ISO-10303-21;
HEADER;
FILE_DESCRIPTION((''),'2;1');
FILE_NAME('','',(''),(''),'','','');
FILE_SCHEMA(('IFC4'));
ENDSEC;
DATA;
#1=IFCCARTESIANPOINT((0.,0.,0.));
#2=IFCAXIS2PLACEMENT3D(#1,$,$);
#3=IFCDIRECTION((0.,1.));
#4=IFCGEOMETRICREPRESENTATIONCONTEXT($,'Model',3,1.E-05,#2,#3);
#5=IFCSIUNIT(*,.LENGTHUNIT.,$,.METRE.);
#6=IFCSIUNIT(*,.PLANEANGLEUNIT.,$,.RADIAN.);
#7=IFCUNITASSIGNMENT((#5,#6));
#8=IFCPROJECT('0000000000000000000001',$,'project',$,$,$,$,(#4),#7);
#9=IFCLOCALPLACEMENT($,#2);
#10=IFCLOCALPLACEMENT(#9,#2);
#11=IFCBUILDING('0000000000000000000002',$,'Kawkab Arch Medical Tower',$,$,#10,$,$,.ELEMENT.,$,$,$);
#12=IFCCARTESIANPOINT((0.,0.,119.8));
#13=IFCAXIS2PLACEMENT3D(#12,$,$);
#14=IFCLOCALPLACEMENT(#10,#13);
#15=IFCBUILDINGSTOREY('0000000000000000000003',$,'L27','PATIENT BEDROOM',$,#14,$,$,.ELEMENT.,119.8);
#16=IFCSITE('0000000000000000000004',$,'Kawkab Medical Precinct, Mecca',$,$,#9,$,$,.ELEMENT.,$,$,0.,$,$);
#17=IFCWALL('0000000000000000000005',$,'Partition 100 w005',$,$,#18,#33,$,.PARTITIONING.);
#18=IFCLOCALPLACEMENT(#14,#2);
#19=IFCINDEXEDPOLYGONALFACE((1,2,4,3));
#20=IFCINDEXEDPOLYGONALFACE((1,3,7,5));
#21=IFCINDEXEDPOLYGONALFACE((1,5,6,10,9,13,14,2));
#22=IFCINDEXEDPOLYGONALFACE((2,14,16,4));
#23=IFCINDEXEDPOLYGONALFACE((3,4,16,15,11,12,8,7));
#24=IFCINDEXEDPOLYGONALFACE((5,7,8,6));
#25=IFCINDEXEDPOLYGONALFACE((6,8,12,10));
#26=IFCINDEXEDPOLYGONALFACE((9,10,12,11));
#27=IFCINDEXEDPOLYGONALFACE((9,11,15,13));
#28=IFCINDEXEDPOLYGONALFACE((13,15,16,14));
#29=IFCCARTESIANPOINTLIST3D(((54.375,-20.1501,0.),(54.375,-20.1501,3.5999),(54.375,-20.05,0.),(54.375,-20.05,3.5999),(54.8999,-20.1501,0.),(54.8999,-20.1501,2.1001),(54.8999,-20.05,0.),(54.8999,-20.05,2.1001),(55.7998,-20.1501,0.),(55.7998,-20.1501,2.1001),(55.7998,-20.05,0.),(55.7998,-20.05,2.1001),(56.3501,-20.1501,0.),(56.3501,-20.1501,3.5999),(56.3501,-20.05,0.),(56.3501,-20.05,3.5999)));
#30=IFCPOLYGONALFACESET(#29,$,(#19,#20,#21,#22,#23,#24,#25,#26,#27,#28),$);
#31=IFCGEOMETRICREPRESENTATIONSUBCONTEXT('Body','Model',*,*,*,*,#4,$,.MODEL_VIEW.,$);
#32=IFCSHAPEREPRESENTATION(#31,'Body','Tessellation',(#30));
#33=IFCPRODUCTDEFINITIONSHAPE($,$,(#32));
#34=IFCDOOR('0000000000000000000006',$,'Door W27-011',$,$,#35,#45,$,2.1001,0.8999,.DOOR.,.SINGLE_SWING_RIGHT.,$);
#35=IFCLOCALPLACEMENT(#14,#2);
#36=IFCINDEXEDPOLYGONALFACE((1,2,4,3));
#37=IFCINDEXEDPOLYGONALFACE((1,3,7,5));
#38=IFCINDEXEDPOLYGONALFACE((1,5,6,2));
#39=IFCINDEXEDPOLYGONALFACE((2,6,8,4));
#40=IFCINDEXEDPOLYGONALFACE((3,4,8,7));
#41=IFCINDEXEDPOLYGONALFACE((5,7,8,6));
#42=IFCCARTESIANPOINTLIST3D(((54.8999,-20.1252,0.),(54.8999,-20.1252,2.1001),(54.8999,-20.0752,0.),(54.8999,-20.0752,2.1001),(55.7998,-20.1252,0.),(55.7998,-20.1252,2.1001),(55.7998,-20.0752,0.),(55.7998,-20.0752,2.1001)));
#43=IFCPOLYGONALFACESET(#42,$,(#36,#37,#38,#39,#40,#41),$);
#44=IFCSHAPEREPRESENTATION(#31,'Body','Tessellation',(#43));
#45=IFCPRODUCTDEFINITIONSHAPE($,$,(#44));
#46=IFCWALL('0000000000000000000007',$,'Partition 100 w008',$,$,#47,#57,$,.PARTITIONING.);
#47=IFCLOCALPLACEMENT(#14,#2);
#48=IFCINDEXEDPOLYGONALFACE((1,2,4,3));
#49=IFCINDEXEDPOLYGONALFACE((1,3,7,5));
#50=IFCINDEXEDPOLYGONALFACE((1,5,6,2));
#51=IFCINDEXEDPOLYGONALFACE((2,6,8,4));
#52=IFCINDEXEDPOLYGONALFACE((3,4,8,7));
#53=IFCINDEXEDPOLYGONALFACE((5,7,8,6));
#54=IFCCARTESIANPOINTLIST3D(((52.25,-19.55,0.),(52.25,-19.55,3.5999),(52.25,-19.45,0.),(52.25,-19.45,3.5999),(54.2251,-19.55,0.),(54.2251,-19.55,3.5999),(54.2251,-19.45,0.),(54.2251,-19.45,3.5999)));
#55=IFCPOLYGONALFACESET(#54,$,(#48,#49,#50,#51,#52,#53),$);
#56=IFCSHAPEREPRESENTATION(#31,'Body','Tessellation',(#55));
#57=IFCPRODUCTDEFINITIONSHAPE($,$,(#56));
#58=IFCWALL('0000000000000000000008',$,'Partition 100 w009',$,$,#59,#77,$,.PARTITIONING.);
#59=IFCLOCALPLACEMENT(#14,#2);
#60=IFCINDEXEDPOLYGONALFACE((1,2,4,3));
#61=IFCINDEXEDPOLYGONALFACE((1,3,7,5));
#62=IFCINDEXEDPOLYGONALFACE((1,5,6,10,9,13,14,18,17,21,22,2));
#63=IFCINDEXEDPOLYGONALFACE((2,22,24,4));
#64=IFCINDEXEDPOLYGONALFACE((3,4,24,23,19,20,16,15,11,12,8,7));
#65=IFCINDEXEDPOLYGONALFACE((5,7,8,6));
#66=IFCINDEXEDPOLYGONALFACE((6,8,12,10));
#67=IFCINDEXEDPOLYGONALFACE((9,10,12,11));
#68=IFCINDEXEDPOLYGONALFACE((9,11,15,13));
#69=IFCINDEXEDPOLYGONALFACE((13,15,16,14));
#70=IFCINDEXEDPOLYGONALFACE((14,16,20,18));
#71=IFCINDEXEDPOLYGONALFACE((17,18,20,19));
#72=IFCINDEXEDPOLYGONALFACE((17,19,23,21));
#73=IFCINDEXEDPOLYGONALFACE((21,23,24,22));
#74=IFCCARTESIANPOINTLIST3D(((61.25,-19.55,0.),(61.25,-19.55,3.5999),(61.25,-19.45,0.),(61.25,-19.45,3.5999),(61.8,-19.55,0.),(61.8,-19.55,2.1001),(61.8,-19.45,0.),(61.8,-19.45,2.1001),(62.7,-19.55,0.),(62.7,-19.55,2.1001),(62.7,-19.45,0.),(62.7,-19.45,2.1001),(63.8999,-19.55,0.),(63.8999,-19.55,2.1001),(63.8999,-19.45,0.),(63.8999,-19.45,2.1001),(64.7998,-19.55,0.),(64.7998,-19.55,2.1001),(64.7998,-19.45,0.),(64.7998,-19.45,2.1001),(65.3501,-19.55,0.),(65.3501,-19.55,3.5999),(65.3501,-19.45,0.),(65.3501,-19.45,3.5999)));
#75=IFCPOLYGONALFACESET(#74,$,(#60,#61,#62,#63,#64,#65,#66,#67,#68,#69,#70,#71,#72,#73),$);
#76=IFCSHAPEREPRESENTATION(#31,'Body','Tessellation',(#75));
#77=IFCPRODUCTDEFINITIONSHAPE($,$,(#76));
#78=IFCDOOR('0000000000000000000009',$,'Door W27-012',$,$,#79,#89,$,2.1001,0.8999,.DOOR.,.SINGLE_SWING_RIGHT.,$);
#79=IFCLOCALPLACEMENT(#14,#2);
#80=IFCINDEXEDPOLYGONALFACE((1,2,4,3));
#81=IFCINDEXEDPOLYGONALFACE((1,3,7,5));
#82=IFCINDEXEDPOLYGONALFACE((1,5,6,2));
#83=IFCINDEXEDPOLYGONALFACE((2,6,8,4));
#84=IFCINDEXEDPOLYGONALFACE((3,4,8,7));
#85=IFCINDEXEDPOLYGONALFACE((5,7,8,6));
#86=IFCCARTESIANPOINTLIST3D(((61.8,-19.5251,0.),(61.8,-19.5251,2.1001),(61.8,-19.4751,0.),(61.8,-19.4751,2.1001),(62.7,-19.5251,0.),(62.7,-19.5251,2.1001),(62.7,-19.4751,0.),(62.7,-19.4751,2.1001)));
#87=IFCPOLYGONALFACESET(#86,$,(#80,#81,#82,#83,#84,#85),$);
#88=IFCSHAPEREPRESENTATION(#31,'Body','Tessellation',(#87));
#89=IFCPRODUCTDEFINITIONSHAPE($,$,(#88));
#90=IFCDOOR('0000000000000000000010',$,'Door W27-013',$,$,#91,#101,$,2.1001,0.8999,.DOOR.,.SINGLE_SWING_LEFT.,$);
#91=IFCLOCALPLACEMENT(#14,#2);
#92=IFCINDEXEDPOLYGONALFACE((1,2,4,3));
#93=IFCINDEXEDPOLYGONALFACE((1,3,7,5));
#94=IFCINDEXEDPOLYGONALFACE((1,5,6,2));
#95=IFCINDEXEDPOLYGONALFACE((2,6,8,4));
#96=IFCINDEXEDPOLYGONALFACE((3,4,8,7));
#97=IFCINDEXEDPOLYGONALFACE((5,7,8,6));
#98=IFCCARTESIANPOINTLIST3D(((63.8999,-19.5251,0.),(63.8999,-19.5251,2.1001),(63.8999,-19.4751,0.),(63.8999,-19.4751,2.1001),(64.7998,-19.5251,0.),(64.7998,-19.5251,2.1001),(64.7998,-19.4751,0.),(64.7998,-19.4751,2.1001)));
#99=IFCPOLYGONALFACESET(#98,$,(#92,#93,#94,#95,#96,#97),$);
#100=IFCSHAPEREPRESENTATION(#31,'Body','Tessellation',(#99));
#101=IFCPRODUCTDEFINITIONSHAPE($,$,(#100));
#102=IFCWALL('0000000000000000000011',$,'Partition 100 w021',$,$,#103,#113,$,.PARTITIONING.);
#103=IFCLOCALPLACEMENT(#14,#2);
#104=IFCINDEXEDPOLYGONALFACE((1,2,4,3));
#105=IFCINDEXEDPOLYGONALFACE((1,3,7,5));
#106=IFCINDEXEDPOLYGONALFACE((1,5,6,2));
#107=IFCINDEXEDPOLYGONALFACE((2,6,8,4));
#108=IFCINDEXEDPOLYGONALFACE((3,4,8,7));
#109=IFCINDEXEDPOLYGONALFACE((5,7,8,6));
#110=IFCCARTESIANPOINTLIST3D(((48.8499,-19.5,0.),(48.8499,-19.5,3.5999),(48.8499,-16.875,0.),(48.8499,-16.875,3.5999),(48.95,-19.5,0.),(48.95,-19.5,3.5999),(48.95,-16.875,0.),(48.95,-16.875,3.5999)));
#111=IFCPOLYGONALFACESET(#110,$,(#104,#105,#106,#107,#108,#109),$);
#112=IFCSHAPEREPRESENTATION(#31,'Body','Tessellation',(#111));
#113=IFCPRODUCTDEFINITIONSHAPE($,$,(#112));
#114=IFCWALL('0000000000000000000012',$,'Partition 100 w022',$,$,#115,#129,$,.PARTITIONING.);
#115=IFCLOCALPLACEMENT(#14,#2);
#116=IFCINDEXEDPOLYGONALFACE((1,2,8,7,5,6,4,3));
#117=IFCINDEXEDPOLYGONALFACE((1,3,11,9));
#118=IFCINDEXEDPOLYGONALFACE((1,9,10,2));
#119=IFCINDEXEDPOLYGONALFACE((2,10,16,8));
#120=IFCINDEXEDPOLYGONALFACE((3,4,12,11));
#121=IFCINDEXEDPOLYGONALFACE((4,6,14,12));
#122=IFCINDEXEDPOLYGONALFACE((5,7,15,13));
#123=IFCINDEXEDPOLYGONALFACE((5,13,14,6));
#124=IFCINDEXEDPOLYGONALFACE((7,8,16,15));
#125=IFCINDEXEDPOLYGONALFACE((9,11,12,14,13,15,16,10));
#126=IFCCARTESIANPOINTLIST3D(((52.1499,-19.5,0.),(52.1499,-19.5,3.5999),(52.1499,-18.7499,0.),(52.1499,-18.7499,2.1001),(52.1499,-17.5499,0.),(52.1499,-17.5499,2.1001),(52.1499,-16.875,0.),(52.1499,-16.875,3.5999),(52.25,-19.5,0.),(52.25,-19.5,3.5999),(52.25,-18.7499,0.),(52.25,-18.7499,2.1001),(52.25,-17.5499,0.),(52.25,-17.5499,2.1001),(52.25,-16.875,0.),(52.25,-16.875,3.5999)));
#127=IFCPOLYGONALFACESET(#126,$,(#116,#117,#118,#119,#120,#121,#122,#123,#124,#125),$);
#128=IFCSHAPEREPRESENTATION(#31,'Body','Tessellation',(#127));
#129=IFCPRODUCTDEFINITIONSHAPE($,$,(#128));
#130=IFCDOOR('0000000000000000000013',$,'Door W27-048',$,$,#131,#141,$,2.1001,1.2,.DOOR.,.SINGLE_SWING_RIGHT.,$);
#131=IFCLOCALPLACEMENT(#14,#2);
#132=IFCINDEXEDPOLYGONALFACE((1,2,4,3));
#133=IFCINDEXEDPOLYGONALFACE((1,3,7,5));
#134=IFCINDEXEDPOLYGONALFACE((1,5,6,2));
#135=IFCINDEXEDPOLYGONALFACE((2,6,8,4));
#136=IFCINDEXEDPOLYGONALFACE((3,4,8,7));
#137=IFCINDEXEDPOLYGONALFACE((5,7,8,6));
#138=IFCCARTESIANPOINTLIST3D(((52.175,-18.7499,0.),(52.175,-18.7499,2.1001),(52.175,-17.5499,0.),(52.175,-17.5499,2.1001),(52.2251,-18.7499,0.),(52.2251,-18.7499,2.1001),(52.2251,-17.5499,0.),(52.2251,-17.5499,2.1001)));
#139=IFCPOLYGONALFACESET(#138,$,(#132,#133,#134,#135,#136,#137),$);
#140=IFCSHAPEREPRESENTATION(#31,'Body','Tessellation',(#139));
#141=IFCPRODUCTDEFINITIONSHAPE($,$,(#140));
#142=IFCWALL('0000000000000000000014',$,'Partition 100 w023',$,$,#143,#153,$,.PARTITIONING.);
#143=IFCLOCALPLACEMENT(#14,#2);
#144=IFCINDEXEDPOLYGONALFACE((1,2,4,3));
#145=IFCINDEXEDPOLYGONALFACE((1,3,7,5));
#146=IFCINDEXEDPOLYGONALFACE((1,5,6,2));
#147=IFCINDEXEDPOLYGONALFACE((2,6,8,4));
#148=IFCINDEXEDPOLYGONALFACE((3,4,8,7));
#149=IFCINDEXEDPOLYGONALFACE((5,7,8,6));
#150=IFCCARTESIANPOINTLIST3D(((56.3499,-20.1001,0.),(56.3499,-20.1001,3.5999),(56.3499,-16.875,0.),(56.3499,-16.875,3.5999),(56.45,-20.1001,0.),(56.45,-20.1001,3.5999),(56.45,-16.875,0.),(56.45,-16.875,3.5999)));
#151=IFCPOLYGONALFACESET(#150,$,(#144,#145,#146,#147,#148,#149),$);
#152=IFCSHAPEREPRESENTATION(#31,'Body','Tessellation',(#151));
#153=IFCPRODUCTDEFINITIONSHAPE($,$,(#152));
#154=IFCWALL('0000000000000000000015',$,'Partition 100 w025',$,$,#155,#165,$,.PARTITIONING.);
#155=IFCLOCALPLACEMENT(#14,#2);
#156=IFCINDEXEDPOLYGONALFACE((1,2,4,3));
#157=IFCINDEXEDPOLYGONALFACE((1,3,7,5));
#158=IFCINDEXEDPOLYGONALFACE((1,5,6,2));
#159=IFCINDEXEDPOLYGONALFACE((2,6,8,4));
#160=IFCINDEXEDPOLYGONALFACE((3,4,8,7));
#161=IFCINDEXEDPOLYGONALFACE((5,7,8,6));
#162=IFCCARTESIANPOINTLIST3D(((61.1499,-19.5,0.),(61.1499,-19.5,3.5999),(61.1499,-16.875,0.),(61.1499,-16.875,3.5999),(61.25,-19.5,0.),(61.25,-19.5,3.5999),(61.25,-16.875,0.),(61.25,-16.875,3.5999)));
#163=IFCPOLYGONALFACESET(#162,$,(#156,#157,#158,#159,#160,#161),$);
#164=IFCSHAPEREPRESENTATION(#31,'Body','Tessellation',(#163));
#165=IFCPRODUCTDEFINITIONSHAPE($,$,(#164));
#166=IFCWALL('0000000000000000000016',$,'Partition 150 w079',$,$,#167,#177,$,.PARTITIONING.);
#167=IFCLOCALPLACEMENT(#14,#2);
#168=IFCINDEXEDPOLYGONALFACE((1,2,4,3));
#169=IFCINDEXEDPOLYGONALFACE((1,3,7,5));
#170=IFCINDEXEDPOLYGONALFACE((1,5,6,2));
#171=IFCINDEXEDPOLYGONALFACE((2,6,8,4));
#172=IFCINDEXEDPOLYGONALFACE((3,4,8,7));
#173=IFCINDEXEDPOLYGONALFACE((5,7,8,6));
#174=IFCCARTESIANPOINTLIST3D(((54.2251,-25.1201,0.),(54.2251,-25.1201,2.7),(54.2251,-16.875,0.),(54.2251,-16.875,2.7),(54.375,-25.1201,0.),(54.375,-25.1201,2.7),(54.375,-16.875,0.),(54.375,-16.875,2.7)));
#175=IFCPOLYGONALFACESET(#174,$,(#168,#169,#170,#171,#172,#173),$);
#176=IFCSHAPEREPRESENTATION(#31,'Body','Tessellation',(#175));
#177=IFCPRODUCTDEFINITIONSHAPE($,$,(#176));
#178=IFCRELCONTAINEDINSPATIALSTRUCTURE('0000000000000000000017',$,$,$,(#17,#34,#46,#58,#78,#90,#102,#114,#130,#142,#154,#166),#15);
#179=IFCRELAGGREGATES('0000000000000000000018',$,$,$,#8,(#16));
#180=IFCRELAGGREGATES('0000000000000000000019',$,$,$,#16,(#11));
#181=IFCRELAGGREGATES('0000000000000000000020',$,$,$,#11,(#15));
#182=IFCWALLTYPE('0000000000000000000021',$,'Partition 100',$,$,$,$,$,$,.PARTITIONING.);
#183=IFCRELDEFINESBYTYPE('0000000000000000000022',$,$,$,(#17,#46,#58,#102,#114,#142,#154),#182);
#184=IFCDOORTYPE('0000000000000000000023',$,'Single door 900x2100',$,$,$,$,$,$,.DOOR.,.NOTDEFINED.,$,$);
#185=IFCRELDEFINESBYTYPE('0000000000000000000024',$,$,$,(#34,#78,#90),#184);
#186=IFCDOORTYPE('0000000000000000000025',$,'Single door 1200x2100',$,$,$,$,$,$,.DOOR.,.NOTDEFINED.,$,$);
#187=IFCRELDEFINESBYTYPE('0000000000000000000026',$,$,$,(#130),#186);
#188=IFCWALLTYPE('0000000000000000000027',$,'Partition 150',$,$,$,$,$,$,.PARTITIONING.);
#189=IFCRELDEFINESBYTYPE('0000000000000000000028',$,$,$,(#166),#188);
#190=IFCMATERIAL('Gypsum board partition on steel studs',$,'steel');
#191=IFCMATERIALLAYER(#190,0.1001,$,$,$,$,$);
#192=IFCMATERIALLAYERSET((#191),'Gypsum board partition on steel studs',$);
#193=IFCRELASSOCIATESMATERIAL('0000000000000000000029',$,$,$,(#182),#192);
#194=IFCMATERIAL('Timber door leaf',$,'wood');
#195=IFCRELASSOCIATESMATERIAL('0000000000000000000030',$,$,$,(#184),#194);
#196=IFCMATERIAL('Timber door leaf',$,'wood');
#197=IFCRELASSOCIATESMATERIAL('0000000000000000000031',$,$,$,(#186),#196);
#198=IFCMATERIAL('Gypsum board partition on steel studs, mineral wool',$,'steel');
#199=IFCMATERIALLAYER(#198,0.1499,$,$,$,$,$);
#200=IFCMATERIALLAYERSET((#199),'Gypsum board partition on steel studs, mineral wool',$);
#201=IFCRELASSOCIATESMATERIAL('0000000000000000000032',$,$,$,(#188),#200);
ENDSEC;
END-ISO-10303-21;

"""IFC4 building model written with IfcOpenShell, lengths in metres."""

from ifc_helpers import new_model, si_unit, direction, frame, frame_2d, origin, place, context, subcontext, project, spatial, rectangle, extrude, material, layer, layer_set, type_object, element, fill, save


model = new_model("IFC4")

# Units and contexts
model_context = context("Model", 3, precision=1e-05, world=origin(), true_north=direction((0.0, 1.0)))
body_context = subcontext(model_context, "Body", "Model", "MODEL_VIEW")
ifc_project = project(units=[si_unit("LENGTHUNIT", "METRE"), si_unit("PLANEANGLEUNIT", "RADIAN")], contexts=[model_context])

# Site, building, storey
site_placement = place(None, origin())
site = spatial("IfcSite", under=ifc_project, at=site_placement, Name="Kawkab Medical Precinct, Mecca", CompositionType="ELEMENT", RefElevation=0.0)
building_placement = place(site_placement, origin())
building = spatial("IfcBuilding", under=site, at=building_placement, Name="Kawkab Arch Medical Tower", CompositionType="ELEMENT")
storey_placement = place(building_placement, frame((0.0, 0.0, 119.8)))
storey = spatial("IfcBuildingStorey", under=building, at=storey_placement, Name="L27", Description="PATIENT BEDROOM", CompositionType="ELEMENT", Elevation=119.8)

# Wall, opening, door
ifc_material_1 = material(Name="Gypsum board partition on steel studs", Category="steel")
ifc_layer_1 = layer(ifc_material_1, 0.1001)
ifc_layer_set_1 = layer_set([ifc_layer_1], Name="Gypsum board partition on steel studs")
wall_type_1 = type_object("IfcWallType", Name="Partition 100", PredefinedType="PARTITIONING", material=ifc_layer_set_1)
wall_1_placement = place(storey_placement, frame((54.375, -20.1001, 0.0), z_axis=(0.0, 0.0, 1.0), x_axis=(1.0, 0.0, 0.0)))
wall_1 = element("IfcWall", 1, at=wall_1_placement, inside=storey, type_object=wall_type_1, Name="Partition 100 w005", PredefinedType="PARTITIONING", context=body_context, shape_type="SweptSolid", body=[
    extrude(rectangle(XDim=1.9751, YDim=0.1001, at=frame_2d((0.9875, 0.0))), origin(), (0.0, 0.0, 1.0), 3.5999),
])
opening_1_placement = place(wall_1_placement, frame((0.5249, 0.0, 0.0)))
opening_1 = element("IfcOpeningElement", 2, at=opening_1_placement, cuts=wall_1, PredefinedType="OPENING", context=body_context, shape_type="SweptSolid", body=[
    extrude(rectangle(XDim=0.8999, YDim=2.1001, at=frame_2d((0.45, 1.05))), frame((0.0, 0.0601, 0.0), z_axis=(0.0, -1.0, 0.0), x_axis=(1.0, 0.0, 0.0)), (0.0, 0.0, 1.0), 0.1201),
])
ifc_material_2 = material(Name="Timber door leaf", Category="wood")
door_type_1 = type_object("IfcDoorType", Name="Single door 900x2100", OperationType="NOTDEFINED", PredefinedType="DOOR", material=ifc_material_2)
door_1_placement = place(opening_1_placement, origin())
door_1 = element("IfcDoor", 3, at=door_1_placement, inside=storey, type_object=door_type_1, Name="Door W27-011", OperationType="SINGLE_SWING_RIGHT", OverallHeight=2.1001, OverallWidth=0.8999, PredefinedType="DOOR", context=body_context, shape_type="SweptSolid", body=[
    extrude(rectangle(XDim=0.8999, YDim=2.1001, at=frame_2d((0.45, 1.05))), frame((0.0, 0.0249, 0.0), z_axis=(0.0, -1.0, 0.0), x_axis=(1.0, 0.0, 0.0)), (0.0, 0.0, 1.0), 0.05),
])
fill(opening_1, door_1)

# Wall
wall_2_placement = place(storey_placement, frame((52.25, -19.5, 0.0), z_axis=(0.0, 0.0, 1.0), x_axis=(1.0, 0.0, 0.0)))
element("IfcWall", 4, at=wall_2_placement, inside=storey, type_object=wall_type_1, Name="Partition 100 w008", PredefinedType="PARTITIONING", context=body_context, shape_type="SweptSolid", body=[
    extrude(rectangle(XDim=1.9751, YDim=0.1001, at=frame_2d((0.9875, 0.0))), origin(), (0.0, 0.0, 1.0), 3.5999),
])

# Wall, openings, doors
wall_3_placement = place(storey_placement, frame((61.25, -19.5, 0.0), z_axis=(0.0, 0.0, 1.0), x_axis=(1.0, 0.0, 0.0)))
wall_3 = element("IfcWall", 5, at=wall_3_placement, inside=storey, type_object=wall_type_1, Name="Partition 100 w009", PredefinedType="PARTITIONING", context=body_context, shape_type="SweptSolid", body=[
    extrude(rectangle(XDim=4.1001, YDim=0.1001, at=frame_2d((2.05, 0.0))), origin(), (0.0, 0.0, 1.0), 3.5999),
])
opening_2_placement = place(wall_3_placement, frame((0.55, 0.0, 0.0)))
opening_2 = element("IfcOpeningElement", 6, at=opening_2_placement, cuts=wall_3, PredefinedType="OPENING", context=body_context, shape_type="SweptSolid", body=[
    extrude(rectangle(XDim=0.8999, YDim=2.1001, at=frame_2d((0.45, 1.05))), frame((0.0, 0.0601, 0.0), z_axis=(0.0, -1.0, 0.0), x_axis=(1.0, 0.0, 0.0)), (0.0, 0.0, 1.0), 0.1201),
])
opening_3_placement = place(wall_3_placement, frame((2.6499, 0.0, 0.0)))
opening_3 = element("IfcOpeningElement", 7, at=opening_3_placement, cuts=wall_3, PredefinedType="OPENING", context=body_context, shape_type="SweptSolid", body=[
    extrude(rectangle(XDim=0.8999, YDim=2.1001, at=frame_2d((0.45, 1.05))), frame((0.0, 0.0601, 0.0), z_axis=(0.0, -1.0, 0.0), x_axis=(1.0, 0.0, 0.0)), (0.0, 0.0, 1.0), 0.1201),
])
door_2_placement = place(opening_2_placement, origin())
door_2 = element("IfcDoor", 8, at=door_2_placement, inside=storey, type_object=door_type_1, Name="Door W27-012", OperationType="SINGLE_SWING_RIGHT", OverallHeight=2.1001, OverallWidth=0.8999, PredefinedType="DOOR", context=body_context, shape_type="SweptSolid", body=[
    extrude(rectangle(XDim=0.8999, YDim=2.1001, at=frame_2d((0.45, 1.05))), frame((0.0, 0.0249, 0.0), z_axis=(0.0, -1.0, 0.0), x_axis=(1.0, 0.0, 0.0)), (0.0, 0.0, 1.0), 0.05),
])
fill(opening_2, door_2)
door_3_placement = place(opening_3_placement, origin())
door_3 = element("IfcDoor", 9, at=door_3_placement, inside=storey, type_object=door_type_1, Name="Door W27-013", OperationType="SINGLE_SWING_LEFT", OverallHeight=2.1001, OverallWidth=0.8999, PredefinedType="DOOR", context=body_context, shape_type="SweptSolid", body=[
    extrude(rectangle(XDim=0.8999, YDim=2.1001, at=frame_2d((0.45, 1.05))), frame((0.0, 0.0249, 0.0), z_axis=(0.0, -1.0, 0.0), x_axis=(1.0, 0.0, 0.0)), (0.0, 0.0, 1.0), 0.05),
])
fill(opening_3, door_3)

# Wall
wall_4_placement = place(storey_placement, frame((48.8999, -19.5, 0.0), z_axis=(0.0, 0.0, 1.0), x_axis=(0.0, 1.0, 0.0)))
element("IfcWall", 10, at=wall_4_placement, inside=storey, type_object=wall_type_1, Name="Partition 100 w021", PredefinedType="PARTITIONING", context=body_context, shape_type="SweptSolid", body=[
    extrude(rectangle(XDim=2.625, YDim=0.1001, at=frame_2d((1.3125, 0.0))), origin(), (0.0, 0.0, 1.0), 3.5999),
])

# Wall, opening, door
wall_5_placement = place(storey_placement, frame((52.2, -19.5, 0.0), z_axis=(0.0, 0.0, 1.0), x_axis=(0.0, 1.0, 0.0)))
wall_5 = element("IfcWall", 11, at=wall_5_placement, inside=storey, type_object=wall_type_1, Name="Partition 100 w022", PredefinedType="PARTITIONING", context=body_context, shape_type="SweptSolid", body=[
    extrude(rectangle(XDim=2.625, YDim=0.1001, at=frame_2d((1.3125, 0.0))), origin(), (0.0, 0.0, 1.0), 3.5999),
])
opening_4_placement = place(wall_5_placement, frame((0.75, 0.0, 0.0)))
opening_4 = element("IfcOpeningElement", 12, at=opening_4_placement, cuts=wall_5, PredefinedType="OPENING", context=body_context, shape_type="SweptSolid", body=[
    extrude(rectangle(XDim=1.2, YDim=2.1001, at=frame_2d((0.6001, 1.05))), frame((0.0, 0.0601, 0.0), z_axis=(0.0, -1.0, 0.0), x_axis=(1.0, 0.0, 0.0)), (0.0, 0.0, 1.0), 0.1201),
])
ifc_material_3 = material(Name="Timber door leaf", Category="wood")
door_type_2 = type_object("IfcDoorType", Name="Single door 1200x2100", OperationType="NOTDEFINED", PredefinedType="DOOR", material=ifc_material_3)
door_4_placement = place(opening_4_placement, origin())
door_4 = element("IfcDoor", 13, at=door_4_placement, inside=storey, type_object=door_type_2, Name="Door W27-048", OperationType="SINGLE_SWING_RIGHT", OverallHeight=2.1001, OverallWidth=1.2, PredefinedType="DOOR", context=body_context, shape_type="SweptSolid", body=[
    extrude(rectangle(XDim=1.2, YDim=2.1001, at=frame_2d((0.6001, 1.05))), frame((0.0, 0.0249, 0.0), z_axis=(0.0, -1.0, 0.0), x_axis=(1.0, 0.0, 0.0)), (0.0, 0.0, 1.0), 0.05),
])
fill(opening_4, door_4)

# Walls
wall_6_placement = place(storey_placement, frame((56.3999, -20.1001, 0.0), z_axis=(0.0, 0.0, 1.0), x_axis=(0.0, 1.0, 0.0)))
element("IfcWall", 14, at=wall_6_placement, inside=storey, type_object=wall_type_1, Name="Partition 100 w023", PredefinedType="PARTITIONING", context=body_context, shape_type="SweptSolid", body=[
    extrude(rectangle(XDim=3.2251, YDim=0.1001, at=frame_2d((1.6125, 0.0))), origin(), (0.0, 0.0, 1.0), 3.5999),
])
wall_7_placement = place(storey_placement, frame((61.2, -19.5, 0.0), z_axis=(0.0, 0.0, 1.0), x_axis=(0.0, 1.0, 0.0)))
element("IfcWall", 15, at=wall_7_placement, inside=storey, type_object=wall_type_1, Name="Partition 100 w025", PredefinedType="PARTITIONING", context=body_context, shape_type="SweptSolid", body=[
    extrude(rectangle(XDim=2.625, YDim=0.1001, at=frame_2d((1.3125, 0.0))), origin(), (0.0, 0.0, 1.0), 3.5999),
])
ifc_material_4 = material(Name="Gypsum board partition on steel studs, mineral wool", Category="steel")
ifc_layer_2 = layer(ifc_material_4, 0.1499)
ifc_layer_set_2 = layer_set([ifc_layer_2], Name="Gypsum board partition on steel studs, mineral wool")
wall_type_2 = type_object("IfcWallType", Name="Partition 150", PredefinedType="PARTITIONING", material=ifc_layer_set_2)
wall_8_placement = place(storey_placement, frame((54.3, -25.1201, 0.0), z_axis=(0.0, 0.0, 1.0), x_axis=(0.0, 1.0, 0.0)))
element("IfcWall", 16, at=wall_8_placement, inside=storey, type_object=wall_type_2, Name="Partition 150 w079", PredefinedType="PARTITIONING", context=body_context, shape_type="SweptSolid", body=[
    extrude(rectangle(XDim=8.2451, YDim=0.1499, at=frame_2d((4.1226, 0.0))), origin(), (0.0, 0.0, 1.0), 2.7),
])

save(model, "model.ifc")
